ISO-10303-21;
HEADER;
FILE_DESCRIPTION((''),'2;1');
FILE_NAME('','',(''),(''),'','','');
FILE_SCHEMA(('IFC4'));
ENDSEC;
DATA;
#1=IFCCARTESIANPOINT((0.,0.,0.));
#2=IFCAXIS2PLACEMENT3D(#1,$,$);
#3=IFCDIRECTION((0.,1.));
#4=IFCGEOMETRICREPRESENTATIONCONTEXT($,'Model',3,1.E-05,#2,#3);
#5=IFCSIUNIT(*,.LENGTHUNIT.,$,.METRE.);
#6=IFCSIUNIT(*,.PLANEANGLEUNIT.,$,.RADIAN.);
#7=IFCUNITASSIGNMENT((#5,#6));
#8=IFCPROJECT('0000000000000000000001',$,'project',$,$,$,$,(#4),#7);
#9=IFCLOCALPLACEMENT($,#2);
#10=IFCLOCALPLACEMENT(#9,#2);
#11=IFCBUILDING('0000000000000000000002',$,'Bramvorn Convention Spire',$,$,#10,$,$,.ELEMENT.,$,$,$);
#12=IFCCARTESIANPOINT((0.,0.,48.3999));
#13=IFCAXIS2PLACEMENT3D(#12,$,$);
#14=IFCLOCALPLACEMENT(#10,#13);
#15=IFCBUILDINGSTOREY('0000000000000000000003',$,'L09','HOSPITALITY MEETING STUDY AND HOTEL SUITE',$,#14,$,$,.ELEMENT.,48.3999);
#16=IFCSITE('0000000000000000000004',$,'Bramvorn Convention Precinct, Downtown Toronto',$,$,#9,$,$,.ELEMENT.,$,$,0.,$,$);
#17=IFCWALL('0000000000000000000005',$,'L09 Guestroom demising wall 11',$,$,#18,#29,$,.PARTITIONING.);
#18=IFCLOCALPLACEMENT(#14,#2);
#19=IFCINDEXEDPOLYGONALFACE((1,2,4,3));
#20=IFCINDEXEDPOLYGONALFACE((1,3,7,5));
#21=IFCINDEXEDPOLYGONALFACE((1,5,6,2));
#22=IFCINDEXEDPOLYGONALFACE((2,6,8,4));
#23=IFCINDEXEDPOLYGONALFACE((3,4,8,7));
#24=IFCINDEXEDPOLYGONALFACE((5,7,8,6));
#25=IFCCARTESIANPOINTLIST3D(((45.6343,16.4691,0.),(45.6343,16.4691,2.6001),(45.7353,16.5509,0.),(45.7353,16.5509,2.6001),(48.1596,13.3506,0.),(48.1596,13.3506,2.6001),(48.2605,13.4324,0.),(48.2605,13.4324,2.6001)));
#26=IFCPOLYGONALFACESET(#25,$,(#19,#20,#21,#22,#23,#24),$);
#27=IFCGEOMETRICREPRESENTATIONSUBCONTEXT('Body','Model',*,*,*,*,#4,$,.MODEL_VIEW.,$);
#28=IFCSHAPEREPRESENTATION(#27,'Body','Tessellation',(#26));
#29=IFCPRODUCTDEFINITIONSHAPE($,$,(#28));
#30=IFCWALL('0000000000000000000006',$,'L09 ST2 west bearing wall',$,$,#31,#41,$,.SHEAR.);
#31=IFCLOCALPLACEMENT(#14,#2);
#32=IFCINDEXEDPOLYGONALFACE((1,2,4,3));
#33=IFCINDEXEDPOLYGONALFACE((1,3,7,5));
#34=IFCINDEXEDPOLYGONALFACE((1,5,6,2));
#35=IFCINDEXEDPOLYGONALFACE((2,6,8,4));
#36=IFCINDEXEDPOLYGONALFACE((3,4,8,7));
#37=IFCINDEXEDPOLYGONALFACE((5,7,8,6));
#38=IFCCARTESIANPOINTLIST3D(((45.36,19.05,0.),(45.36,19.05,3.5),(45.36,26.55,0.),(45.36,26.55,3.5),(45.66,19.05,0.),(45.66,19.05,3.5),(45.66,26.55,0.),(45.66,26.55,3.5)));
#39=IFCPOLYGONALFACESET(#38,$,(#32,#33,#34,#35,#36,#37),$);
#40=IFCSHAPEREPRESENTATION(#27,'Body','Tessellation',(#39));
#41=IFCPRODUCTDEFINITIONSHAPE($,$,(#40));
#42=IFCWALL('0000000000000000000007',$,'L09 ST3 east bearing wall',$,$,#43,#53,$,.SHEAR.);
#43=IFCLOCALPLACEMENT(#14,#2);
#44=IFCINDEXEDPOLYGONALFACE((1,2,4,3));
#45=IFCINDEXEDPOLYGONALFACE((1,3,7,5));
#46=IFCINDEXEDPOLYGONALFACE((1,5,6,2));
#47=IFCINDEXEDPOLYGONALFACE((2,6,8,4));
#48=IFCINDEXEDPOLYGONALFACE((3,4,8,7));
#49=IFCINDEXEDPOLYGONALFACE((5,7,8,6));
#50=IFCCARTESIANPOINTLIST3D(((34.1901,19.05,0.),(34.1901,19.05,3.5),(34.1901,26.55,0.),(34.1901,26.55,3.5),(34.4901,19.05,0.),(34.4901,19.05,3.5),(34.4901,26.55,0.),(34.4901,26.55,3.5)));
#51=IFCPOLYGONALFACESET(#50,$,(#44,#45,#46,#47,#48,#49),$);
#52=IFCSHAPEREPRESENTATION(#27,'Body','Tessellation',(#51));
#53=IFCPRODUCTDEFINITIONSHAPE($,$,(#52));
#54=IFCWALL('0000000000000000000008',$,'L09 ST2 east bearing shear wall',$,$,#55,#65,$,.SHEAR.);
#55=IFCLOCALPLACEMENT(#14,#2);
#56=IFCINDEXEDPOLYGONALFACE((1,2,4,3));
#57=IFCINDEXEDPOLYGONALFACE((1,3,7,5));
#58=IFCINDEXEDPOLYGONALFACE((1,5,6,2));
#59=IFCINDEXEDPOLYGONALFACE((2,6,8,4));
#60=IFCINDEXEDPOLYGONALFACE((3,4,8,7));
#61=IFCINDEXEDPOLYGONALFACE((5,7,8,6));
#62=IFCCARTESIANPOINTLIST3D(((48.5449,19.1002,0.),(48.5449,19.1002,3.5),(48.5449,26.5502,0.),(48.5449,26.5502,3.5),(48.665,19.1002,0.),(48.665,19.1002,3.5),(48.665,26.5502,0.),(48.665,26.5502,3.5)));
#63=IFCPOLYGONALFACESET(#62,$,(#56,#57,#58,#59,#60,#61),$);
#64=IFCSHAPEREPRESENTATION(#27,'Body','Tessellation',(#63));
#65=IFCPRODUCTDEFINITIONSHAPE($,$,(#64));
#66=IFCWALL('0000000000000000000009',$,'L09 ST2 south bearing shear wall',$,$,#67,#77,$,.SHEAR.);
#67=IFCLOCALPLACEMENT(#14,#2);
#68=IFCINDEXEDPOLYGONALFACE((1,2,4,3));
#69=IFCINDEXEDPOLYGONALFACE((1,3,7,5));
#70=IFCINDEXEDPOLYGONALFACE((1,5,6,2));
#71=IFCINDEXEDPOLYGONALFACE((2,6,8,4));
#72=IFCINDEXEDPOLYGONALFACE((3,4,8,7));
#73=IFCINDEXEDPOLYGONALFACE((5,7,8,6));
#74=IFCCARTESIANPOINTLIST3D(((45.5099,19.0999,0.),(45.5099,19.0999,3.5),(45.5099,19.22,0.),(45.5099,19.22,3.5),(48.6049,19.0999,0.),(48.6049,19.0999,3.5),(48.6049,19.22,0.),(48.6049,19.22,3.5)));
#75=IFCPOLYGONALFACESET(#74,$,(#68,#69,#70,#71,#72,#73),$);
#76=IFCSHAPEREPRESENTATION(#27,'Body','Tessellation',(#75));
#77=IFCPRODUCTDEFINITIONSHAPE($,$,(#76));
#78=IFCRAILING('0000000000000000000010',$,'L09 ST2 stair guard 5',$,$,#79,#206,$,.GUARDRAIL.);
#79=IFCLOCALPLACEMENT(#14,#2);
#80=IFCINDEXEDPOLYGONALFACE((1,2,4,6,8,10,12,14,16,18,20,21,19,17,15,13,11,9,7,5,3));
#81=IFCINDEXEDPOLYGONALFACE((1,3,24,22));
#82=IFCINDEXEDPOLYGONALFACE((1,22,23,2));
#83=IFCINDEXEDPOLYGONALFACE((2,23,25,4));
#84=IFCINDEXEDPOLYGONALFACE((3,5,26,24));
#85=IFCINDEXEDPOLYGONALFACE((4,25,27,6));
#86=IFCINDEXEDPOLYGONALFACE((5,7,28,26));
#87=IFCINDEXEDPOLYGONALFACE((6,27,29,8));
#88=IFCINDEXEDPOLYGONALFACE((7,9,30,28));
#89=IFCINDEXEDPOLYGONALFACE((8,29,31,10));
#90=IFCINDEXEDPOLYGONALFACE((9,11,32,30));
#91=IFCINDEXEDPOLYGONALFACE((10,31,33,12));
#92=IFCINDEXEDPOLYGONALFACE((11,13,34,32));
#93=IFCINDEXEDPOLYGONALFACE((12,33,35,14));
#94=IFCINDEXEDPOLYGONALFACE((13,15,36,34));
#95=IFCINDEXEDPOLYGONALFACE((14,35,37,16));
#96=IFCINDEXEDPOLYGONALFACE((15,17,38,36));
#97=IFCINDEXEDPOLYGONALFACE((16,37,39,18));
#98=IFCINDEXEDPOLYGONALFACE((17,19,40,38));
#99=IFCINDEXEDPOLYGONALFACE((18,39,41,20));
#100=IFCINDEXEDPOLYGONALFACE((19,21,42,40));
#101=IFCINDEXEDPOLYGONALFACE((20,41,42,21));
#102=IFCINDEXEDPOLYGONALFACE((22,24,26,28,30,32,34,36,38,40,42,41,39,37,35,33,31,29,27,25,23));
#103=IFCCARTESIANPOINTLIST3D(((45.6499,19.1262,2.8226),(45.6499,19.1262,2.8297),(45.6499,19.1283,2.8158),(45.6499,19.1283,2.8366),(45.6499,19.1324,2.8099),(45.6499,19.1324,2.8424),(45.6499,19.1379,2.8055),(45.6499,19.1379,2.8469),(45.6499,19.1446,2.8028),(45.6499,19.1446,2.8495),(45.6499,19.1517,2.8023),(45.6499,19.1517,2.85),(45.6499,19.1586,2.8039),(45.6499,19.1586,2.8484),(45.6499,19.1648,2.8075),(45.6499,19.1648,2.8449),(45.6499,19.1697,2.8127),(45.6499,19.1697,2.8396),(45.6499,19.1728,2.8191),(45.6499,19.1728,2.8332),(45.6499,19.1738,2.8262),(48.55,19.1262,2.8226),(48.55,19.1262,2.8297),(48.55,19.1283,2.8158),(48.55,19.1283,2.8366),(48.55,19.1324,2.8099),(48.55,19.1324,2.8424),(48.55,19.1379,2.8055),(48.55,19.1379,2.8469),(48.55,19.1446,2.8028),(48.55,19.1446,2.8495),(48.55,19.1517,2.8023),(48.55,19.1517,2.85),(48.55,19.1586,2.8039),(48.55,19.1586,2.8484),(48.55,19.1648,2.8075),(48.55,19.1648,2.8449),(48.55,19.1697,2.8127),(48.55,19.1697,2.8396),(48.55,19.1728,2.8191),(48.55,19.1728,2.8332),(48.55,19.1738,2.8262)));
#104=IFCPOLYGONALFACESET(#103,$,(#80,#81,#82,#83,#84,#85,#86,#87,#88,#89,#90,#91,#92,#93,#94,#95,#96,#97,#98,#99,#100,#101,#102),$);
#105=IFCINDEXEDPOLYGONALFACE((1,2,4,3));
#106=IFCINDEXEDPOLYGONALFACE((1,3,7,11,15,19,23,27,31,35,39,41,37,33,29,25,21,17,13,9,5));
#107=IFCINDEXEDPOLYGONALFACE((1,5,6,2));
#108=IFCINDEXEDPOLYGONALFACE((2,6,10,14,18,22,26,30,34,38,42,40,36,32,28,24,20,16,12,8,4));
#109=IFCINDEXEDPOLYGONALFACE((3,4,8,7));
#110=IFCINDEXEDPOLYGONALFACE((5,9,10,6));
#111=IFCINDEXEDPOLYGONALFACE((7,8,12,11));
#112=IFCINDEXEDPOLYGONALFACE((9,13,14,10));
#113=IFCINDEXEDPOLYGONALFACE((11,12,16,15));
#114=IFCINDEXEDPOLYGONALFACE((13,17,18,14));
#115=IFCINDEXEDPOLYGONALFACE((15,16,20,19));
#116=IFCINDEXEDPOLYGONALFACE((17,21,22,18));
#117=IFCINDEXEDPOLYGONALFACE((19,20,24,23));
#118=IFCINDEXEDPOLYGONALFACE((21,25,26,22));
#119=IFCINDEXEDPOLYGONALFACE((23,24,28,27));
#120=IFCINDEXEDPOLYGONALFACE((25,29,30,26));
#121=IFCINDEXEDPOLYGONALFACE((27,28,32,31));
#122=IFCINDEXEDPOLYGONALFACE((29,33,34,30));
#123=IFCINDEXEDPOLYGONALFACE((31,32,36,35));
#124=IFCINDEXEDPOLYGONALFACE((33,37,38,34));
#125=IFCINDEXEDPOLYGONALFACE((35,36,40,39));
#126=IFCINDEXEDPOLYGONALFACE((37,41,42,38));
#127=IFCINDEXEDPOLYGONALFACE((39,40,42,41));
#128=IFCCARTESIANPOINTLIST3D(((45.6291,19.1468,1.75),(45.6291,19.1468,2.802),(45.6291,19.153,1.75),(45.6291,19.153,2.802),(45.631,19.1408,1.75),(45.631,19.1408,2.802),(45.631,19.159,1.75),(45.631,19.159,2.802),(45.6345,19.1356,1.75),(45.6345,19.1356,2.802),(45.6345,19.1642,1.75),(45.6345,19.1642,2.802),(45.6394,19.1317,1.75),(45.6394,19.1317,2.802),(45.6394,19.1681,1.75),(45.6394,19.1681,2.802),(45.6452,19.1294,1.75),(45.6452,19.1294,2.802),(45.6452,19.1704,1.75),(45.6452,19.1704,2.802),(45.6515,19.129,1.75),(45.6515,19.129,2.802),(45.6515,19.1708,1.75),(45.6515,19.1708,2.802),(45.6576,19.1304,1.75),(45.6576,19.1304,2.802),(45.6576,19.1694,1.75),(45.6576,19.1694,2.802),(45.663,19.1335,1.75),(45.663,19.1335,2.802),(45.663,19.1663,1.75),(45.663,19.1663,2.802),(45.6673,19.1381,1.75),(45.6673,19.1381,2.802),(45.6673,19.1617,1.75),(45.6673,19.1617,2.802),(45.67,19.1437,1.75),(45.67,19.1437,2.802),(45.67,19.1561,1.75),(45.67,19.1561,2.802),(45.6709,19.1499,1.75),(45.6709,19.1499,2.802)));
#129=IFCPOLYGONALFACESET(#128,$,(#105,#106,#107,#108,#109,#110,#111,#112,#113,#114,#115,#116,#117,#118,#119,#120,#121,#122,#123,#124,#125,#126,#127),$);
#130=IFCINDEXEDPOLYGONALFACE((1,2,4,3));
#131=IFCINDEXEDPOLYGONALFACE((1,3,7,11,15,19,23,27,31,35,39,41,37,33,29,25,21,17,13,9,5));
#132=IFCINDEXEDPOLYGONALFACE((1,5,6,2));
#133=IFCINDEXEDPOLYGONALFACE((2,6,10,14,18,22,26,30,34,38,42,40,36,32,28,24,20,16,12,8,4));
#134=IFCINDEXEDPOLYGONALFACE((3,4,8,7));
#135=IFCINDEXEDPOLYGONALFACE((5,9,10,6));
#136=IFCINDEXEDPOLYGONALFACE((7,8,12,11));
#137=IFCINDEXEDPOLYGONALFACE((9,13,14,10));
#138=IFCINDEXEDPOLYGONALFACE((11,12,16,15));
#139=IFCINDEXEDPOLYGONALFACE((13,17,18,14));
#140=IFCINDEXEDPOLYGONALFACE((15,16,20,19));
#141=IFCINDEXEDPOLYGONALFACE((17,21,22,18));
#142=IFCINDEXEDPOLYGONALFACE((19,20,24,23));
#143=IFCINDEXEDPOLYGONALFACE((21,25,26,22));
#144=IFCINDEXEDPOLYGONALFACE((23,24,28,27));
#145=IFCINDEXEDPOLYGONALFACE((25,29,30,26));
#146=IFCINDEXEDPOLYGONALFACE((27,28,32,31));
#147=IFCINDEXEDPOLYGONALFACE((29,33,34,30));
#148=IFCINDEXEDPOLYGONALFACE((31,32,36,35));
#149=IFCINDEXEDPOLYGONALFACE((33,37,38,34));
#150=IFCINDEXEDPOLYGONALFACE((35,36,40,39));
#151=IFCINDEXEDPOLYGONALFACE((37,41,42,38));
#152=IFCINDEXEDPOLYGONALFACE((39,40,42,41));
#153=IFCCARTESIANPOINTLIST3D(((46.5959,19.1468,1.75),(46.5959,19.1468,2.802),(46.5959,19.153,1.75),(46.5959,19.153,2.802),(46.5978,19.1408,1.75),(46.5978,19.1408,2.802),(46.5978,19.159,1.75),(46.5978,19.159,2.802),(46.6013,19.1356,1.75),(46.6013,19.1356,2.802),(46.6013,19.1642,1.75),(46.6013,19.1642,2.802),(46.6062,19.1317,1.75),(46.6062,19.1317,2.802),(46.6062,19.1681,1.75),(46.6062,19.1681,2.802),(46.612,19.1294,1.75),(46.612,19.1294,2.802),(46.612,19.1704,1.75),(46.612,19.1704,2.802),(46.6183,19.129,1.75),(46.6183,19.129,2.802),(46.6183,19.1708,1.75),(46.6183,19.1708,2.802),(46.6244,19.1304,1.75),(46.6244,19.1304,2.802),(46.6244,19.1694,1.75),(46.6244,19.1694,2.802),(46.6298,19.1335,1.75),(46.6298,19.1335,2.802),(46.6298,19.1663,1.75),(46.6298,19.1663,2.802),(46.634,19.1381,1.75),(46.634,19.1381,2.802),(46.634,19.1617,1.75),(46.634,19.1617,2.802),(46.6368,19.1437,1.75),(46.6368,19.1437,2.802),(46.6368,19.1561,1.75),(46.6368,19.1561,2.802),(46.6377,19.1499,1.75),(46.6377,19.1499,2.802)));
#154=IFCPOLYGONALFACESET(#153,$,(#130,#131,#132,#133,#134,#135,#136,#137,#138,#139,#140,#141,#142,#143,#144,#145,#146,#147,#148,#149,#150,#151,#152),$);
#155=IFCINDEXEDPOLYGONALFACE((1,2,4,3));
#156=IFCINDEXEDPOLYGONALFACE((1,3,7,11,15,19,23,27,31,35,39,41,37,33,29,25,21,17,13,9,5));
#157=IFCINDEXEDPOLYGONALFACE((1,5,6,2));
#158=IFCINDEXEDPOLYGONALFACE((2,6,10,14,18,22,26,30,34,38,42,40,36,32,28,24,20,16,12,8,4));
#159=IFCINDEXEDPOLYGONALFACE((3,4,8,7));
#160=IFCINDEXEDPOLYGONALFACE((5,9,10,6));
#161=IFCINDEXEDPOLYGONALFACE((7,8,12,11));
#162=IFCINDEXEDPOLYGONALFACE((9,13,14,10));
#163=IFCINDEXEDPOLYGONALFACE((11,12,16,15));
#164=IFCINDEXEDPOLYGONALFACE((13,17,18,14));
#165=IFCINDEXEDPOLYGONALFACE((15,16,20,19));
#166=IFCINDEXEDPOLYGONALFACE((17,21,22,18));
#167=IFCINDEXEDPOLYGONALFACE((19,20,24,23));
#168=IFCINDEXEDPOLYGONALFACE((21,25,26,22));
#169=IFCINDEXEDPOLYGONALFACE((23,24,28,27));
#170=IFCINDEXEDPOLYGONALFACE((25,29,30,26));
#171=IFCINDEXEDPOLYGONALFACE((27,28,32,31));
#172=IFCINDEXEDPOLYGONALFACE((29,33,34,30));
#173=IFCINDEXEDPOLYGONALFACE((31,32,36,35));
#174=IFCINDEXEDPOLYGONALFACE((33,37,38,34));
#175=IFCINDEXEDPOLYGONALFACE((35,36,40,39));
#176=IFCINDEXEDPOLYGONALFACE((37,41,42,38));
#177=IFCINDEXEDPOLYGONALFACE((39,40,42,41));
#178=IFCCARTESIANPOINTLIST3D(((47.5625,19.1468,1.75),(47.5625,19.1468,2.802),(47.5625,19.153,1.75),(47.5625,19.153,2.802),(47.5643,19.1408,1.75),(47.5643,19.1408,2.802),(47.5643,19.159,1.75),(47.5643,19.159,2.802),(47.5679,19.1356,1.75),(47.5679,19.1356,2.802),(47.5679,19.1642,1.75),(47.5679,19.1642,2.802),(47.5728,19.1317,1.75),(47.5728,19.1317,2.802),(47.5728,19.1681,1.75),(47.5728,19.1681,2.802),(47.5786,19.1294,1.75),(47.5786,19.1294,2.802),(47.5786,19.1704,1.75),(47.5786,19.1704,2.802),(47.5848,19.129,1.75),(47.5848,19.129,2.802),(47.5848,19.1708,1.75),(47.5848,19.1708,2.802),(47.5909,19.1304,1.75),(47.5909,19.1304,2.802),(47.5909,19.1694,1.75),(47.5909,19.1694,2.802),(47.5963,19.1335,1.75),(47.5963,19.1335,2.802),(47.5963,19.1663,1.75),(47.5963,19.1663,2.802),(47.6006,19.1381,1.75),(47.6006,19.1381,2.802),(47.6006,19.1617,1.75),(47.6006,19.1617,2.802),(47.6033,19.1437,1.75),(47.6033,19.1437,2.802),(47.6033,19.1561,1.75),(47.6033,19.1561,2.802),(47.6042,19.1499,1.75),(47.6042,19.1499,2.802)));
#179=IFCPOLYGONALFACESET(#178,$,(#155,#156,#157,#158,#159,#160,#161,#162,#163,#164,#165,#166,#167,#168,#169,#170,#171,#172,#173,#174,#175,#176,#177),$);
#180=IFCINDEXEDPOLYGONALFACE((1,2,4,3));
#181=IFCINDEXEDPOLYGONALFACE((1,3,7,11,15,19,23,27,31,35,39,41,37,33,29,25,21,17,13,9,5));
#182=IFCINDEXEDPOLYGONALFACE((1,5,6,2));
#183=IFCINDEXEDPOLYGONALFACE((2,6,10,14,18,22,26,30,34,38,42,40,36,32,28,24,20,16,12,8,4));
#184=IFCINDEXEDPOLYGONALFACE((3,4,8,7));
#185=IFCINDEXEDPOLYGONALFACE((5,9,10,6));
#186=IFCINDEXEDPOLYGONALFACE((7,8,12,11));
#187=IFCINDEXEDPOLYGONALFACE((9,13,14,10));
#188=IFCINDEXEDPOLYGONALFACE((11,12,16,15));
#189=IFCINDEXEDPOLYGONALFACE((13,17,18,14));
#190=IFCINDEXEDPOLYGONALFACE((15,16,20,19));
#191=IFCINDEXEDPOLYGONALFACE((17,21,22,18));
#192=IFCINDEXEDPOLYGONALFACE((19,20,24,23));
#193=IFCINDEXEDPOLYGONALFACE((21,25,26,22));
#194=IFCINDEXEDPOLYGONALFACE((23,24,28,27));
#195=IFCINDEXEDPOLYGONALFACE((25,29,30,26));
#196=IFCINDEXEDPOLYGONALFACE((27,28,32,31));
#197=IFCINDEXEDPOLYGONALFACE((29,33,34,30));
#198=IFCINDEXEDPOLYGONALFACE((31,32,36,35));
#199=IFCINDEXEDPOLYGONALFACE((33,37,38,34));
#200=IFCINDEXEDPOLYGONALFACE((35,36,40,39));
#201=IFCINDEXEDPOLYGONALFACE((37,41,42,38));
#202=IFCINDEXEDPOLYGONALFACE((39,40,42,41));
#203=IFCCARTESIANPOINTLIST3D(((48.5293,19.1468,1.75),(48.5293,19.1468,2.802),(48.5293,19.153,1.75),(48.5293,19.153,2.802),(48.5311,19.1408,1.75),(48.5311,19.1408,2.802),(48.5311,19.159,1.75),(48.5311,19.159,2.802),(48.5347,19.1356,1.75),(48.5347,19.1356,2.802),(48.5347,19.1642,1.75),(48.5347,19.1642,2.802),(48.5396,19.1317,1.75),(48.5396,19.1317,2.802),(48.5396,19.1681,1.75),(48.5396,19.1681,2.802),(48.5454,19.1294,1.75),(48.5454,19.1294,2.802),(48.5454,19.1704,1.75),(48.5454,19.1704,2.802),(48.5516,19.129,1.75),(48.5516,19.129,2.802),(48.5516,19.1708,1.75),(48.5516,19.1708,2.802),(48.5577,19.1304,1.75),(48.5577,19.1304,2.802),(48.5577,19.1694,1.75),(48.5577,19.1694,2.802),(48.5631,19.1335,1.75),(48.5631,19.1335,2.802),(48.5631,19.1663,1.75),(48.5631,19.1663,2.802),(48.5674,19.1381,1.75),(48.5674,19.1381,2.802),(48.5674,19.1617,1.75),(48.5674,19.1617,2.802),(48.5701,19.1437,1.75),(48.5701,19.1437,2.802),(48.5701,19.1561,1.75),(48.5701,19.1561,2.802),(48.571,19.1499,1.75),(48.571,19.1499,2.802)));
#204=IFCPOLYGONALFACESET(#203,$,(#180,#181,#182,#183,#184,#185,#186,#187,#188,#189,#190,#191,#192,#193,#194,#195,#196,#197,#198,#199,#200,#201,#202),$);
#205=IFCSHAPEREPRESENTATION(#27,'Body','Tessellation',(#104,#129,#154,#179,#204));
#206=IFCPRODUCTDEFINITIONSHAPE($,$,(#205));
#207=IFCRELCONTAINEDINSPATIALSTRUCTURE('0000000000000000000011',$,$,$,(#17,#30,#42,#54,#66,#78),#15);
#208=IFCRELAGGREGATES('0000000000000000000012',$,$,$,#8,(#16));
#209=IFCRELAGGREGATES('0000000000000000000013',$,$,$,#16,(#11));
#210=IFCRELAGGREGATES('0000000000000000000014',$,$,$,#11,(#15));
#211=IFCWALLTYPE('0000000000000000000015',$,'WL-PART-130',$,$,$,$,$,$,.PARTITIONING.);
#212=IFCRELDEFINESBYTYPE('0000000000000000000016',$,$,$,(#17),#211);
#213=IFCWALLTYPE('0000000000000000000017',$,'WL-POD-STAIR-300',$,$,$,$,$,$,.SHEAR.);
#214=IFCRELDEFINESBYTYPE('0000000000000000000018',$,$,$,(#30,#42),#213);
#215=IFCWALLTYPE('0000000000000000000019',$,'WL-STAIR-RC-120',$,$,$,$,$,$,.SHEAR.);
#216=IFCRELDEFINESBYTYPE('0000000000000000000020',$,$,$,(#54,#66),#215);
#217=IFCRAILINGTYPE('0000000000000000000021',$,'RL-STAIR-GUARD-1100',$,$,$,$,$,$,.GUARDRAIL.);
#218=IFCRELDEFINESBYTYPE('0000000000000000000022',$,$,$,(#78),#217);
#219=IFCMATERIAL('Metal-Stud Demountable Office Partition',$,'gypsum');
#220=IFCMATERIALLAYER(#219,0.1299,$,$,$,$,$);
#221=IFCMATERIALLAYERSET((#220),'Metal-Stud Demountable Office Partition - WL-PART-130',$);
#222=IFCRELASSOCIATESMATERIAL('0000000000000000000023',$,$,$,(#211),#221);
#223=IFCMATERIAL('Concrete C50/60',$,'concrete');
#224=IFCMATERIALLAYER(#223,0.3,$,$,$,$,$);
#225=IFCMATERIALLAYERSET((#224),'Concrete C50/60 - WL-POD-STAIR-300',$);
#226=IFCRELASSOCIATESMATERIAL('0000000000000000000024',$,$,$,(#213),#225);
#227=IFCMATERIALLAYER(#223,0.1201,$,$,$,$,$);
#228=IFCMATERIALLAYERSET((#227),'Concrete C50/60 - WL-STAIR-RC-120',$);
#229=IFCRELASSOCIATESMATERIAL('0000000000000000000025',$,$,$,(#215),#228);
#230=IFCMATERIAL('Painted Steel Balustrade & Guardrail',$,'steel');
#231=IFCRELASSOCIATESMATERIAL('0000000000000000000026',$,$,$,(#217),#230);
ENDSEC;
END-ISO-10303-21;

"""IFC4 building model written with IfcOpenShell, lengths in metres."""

from ifc_helpers import new_model, si_unit, direction, frame, frame_2d, origin, origin_2d, place, context, subcontext, project, spatial, rectangle, circle, extrude, material, layer, layer_set, type_object, element, save


model = new_model("IFC4")

# Units and contexts
model_context = context("Model", 3, precision=1e-05, world=origin(), true_north=direction((0.0, 1.0)))
body_context = subcontext(model_context, "Body", "Model", "MODEL_VIEW")
ifc_project = project(units=[si_unit("LENGTHUNIT", "METRE"), si_unit("PLANEANGLEUNIT", "RADIAN")], contexts=[model_context])

# Site, building, storey
site_placement = place(None, origin())
site = spatial("IfcSite", under=ifc_project, at=site_placement, Name="Bramvorn Convention Precinct, Downtown Toronto", CompositionType="ELEMENT", RefElevation=0.0)
building_placement = place(site_placement, origin())
building = spatial("IfcBuilding", under=site, at=building_placement, Name="Bramvorn Convention Spire", CompositionType="ELEMENT")
storey_placement = place(building_placement, frame((0.0, 0.0, 48.3999)))
storey = spatial("IfcBuildingStorey", under=building, at=storey_placement, Name="L09", Description="HOSPITALITY MEETING STUDY AND HOTEL SUITE", CompositionType="ELEMENT", Elevation=48.3999)

# Walls
ifc_material_1 = material(Name="Concrete C50/60", Category="concrete")
ifc_material_2 = material(Name="Metal-Stud Demountable Office Partition", Category="gypsum")
ifc_layer_1 = layer(ifc_material_2, 0.1299)
ifc_layer_set_1 = layer_set([ifc_layer_1], Name="Metal-Stud Demountable Office Partition - WL-PART-130")
wall_type_1 = type_object("IfcWallType", Name="WL-PART-130", PredefinedType="PARTITIONING", material=ifc_layer_set_1)
wall_1_placement = place(storey_placement, frame((45.6848, 16.51, 0.0), z_axis=(0.0, 0.0, 1.0), x_axis=(0.629307, -0.777157, 0.0)))
element("IfcWall", 1, at=wall_1_placement, inside=storey, type_object=wall_type_1, Name="L09 Guestroom demising wall 11", PredefinedType="PARTITIONING", context=body_context, shape_type="SweptSolid", body=[
    extrude(rectangle(XDim=4.0127, YDim=0.1299, at=frame_2d((2.0063, 0.0))), origin(), (0.0, 0.0, 1.0), 2.6001),
])
ifc_layer_2 = layer(ifc_material_1, 0.3)
ifc_layer_set_2 = layer_set([ifc_layer_2], Name="Concrete C50/60 - WL-POD-STAIR-300")
wall_type_2 = type_object("IfcWallType", Name="WL-POD-STAIR-300", PredefinedType="SHEAR", material=ifc_layer_set_2)
for number, where, z_axis, x_axis, name in (
    (2, (45.51, 19.05, 0.0), (0.0, 0.0, 1.0), (0.0, 1.0, 0.0), "L09 ST2 west bearing wall"),
    (3, (34.3401, 19.05, 0.0), (0.0, 0.0, 1.0), (0.0, 1.0, 0.0), "L09 ST3 east bearing wall"),
):
    element("IfcWall", number, at=place(storey_placement, frame(where, z_axis=z_axis, x_axis=x_axis)), inside=storey, type_object=wall_type_2, Name=name, PredefinedType="SHEAR", context=body_context, shape_type="SweptSolid", body=[
        extrude(rectangle(XDim=7.5, YDim=0.3, at=frame_2d((3.75, 0.0))), origin(), (0.0, 0.0, 1.0), 3.5),
    ])
ifc_layer_3 = layer(ifc_material_1, 0.1201)
ifc_layer_set_3 = layer_set([ifc_layer_3], Name="Concrete C50/60 - WL-STAIR-RC-120")
wall_type_3 = type_object("IfcWallType", Name="WL-STAIR-RC-120", PredefinedType="SHEAR", material=ifc_layer_set_3)
wall_2_placement = place(storey_placement, frame((48.605, 19.1001, 0.0), z_axis=(0.0, 0.0, 1.0), x_axis=(0.0, 1.0, 0.0)))
element("IfcWall", 4, at=wall_2_placement, inside=storey, type_object=wall_type_3, Name="L09 ST2 east bearing shear wall", PredefinedType="SHEAR", context=body_context, shape_type="SweptSolid", body=[
    extrude(rectangle(XDim=7.45, YDim=0.1201, at=frame_2d((3.7251, 0.0))), origin(), (0.0, 0.0, 1.0), 3.5),
])
wall_3_placement = place(storey_placement, frame((45.51, 19.1599, 0.0), z_axis=(0.0, 0.0, 1.0), x_axis=(1.0, 0.0, 0.0)))
element("IfcWall", 5, at=wall_3_placement, inside=storey, type_object=wall_type_3, Name="L09 ST2 south bearing shear wall", PredefinedType="SHEAR", context=body_context, shape_type="SweptSolid", body=[
    extrude(rectangle(XDim=3.095, YDim=0.1201, at=frame_2d((1.5474, 0.0))), origin(), (0.0, 0.0, 1.0), 3.5),
])

# Railing
ifc_material_3 = material(Name="Painted Steel Balustrade & Guardrail", Category="steel")
railing_type = type_object("IfcRailingType", Name="RL-STAIR-GUARD-1100", PredefinedType="GUARDRAIL", material=ifc_material_3)
railing_1_placement = place(storey_placement, frame((45.6499, 19.1499, 1.75)))
element("IfcRailing", 6, at=railing_1_placement, inside=storey, type_object=railing_type, Name="L09 ST2 stair guard 5", PredefinedType="GUARDRAIL", context=body_context, shape_type="SweptSolid", body=[
    extrude(circle(Radius=0.0239, at=origin_2d()), frame((0.0, 0.0, 1.0762), z_axis=(1.0, 0.0, 0.0), x_axis=(0.0, 1.0, 0.0)), (0.0, 0.0, 1.0), 2.9001),
    extrude(circle(Radius=0.021, at=origin_2d()), origin(), (0.0, 0.0, 1.0), 1.052),
    extrude(circle(Radius=0.021, at=origin_2d()), frame((0.9668, 0.0, 0.0)), (0.0, 0.0, 1.0), 1.052),
    extrude(circle(Radius=0.021, at=origin_2d()), frame((1.9333, 0.0, 0.0)), (0.0, 0.0, 1.0), 1.052),
    extrude(circle(Radius=0.021, at=origin_2d()), frame((2.9001, 0.0, 0.0)), (0.0, 0.0, 1.0), 1.052),
])

save(model, "model.ifc")
